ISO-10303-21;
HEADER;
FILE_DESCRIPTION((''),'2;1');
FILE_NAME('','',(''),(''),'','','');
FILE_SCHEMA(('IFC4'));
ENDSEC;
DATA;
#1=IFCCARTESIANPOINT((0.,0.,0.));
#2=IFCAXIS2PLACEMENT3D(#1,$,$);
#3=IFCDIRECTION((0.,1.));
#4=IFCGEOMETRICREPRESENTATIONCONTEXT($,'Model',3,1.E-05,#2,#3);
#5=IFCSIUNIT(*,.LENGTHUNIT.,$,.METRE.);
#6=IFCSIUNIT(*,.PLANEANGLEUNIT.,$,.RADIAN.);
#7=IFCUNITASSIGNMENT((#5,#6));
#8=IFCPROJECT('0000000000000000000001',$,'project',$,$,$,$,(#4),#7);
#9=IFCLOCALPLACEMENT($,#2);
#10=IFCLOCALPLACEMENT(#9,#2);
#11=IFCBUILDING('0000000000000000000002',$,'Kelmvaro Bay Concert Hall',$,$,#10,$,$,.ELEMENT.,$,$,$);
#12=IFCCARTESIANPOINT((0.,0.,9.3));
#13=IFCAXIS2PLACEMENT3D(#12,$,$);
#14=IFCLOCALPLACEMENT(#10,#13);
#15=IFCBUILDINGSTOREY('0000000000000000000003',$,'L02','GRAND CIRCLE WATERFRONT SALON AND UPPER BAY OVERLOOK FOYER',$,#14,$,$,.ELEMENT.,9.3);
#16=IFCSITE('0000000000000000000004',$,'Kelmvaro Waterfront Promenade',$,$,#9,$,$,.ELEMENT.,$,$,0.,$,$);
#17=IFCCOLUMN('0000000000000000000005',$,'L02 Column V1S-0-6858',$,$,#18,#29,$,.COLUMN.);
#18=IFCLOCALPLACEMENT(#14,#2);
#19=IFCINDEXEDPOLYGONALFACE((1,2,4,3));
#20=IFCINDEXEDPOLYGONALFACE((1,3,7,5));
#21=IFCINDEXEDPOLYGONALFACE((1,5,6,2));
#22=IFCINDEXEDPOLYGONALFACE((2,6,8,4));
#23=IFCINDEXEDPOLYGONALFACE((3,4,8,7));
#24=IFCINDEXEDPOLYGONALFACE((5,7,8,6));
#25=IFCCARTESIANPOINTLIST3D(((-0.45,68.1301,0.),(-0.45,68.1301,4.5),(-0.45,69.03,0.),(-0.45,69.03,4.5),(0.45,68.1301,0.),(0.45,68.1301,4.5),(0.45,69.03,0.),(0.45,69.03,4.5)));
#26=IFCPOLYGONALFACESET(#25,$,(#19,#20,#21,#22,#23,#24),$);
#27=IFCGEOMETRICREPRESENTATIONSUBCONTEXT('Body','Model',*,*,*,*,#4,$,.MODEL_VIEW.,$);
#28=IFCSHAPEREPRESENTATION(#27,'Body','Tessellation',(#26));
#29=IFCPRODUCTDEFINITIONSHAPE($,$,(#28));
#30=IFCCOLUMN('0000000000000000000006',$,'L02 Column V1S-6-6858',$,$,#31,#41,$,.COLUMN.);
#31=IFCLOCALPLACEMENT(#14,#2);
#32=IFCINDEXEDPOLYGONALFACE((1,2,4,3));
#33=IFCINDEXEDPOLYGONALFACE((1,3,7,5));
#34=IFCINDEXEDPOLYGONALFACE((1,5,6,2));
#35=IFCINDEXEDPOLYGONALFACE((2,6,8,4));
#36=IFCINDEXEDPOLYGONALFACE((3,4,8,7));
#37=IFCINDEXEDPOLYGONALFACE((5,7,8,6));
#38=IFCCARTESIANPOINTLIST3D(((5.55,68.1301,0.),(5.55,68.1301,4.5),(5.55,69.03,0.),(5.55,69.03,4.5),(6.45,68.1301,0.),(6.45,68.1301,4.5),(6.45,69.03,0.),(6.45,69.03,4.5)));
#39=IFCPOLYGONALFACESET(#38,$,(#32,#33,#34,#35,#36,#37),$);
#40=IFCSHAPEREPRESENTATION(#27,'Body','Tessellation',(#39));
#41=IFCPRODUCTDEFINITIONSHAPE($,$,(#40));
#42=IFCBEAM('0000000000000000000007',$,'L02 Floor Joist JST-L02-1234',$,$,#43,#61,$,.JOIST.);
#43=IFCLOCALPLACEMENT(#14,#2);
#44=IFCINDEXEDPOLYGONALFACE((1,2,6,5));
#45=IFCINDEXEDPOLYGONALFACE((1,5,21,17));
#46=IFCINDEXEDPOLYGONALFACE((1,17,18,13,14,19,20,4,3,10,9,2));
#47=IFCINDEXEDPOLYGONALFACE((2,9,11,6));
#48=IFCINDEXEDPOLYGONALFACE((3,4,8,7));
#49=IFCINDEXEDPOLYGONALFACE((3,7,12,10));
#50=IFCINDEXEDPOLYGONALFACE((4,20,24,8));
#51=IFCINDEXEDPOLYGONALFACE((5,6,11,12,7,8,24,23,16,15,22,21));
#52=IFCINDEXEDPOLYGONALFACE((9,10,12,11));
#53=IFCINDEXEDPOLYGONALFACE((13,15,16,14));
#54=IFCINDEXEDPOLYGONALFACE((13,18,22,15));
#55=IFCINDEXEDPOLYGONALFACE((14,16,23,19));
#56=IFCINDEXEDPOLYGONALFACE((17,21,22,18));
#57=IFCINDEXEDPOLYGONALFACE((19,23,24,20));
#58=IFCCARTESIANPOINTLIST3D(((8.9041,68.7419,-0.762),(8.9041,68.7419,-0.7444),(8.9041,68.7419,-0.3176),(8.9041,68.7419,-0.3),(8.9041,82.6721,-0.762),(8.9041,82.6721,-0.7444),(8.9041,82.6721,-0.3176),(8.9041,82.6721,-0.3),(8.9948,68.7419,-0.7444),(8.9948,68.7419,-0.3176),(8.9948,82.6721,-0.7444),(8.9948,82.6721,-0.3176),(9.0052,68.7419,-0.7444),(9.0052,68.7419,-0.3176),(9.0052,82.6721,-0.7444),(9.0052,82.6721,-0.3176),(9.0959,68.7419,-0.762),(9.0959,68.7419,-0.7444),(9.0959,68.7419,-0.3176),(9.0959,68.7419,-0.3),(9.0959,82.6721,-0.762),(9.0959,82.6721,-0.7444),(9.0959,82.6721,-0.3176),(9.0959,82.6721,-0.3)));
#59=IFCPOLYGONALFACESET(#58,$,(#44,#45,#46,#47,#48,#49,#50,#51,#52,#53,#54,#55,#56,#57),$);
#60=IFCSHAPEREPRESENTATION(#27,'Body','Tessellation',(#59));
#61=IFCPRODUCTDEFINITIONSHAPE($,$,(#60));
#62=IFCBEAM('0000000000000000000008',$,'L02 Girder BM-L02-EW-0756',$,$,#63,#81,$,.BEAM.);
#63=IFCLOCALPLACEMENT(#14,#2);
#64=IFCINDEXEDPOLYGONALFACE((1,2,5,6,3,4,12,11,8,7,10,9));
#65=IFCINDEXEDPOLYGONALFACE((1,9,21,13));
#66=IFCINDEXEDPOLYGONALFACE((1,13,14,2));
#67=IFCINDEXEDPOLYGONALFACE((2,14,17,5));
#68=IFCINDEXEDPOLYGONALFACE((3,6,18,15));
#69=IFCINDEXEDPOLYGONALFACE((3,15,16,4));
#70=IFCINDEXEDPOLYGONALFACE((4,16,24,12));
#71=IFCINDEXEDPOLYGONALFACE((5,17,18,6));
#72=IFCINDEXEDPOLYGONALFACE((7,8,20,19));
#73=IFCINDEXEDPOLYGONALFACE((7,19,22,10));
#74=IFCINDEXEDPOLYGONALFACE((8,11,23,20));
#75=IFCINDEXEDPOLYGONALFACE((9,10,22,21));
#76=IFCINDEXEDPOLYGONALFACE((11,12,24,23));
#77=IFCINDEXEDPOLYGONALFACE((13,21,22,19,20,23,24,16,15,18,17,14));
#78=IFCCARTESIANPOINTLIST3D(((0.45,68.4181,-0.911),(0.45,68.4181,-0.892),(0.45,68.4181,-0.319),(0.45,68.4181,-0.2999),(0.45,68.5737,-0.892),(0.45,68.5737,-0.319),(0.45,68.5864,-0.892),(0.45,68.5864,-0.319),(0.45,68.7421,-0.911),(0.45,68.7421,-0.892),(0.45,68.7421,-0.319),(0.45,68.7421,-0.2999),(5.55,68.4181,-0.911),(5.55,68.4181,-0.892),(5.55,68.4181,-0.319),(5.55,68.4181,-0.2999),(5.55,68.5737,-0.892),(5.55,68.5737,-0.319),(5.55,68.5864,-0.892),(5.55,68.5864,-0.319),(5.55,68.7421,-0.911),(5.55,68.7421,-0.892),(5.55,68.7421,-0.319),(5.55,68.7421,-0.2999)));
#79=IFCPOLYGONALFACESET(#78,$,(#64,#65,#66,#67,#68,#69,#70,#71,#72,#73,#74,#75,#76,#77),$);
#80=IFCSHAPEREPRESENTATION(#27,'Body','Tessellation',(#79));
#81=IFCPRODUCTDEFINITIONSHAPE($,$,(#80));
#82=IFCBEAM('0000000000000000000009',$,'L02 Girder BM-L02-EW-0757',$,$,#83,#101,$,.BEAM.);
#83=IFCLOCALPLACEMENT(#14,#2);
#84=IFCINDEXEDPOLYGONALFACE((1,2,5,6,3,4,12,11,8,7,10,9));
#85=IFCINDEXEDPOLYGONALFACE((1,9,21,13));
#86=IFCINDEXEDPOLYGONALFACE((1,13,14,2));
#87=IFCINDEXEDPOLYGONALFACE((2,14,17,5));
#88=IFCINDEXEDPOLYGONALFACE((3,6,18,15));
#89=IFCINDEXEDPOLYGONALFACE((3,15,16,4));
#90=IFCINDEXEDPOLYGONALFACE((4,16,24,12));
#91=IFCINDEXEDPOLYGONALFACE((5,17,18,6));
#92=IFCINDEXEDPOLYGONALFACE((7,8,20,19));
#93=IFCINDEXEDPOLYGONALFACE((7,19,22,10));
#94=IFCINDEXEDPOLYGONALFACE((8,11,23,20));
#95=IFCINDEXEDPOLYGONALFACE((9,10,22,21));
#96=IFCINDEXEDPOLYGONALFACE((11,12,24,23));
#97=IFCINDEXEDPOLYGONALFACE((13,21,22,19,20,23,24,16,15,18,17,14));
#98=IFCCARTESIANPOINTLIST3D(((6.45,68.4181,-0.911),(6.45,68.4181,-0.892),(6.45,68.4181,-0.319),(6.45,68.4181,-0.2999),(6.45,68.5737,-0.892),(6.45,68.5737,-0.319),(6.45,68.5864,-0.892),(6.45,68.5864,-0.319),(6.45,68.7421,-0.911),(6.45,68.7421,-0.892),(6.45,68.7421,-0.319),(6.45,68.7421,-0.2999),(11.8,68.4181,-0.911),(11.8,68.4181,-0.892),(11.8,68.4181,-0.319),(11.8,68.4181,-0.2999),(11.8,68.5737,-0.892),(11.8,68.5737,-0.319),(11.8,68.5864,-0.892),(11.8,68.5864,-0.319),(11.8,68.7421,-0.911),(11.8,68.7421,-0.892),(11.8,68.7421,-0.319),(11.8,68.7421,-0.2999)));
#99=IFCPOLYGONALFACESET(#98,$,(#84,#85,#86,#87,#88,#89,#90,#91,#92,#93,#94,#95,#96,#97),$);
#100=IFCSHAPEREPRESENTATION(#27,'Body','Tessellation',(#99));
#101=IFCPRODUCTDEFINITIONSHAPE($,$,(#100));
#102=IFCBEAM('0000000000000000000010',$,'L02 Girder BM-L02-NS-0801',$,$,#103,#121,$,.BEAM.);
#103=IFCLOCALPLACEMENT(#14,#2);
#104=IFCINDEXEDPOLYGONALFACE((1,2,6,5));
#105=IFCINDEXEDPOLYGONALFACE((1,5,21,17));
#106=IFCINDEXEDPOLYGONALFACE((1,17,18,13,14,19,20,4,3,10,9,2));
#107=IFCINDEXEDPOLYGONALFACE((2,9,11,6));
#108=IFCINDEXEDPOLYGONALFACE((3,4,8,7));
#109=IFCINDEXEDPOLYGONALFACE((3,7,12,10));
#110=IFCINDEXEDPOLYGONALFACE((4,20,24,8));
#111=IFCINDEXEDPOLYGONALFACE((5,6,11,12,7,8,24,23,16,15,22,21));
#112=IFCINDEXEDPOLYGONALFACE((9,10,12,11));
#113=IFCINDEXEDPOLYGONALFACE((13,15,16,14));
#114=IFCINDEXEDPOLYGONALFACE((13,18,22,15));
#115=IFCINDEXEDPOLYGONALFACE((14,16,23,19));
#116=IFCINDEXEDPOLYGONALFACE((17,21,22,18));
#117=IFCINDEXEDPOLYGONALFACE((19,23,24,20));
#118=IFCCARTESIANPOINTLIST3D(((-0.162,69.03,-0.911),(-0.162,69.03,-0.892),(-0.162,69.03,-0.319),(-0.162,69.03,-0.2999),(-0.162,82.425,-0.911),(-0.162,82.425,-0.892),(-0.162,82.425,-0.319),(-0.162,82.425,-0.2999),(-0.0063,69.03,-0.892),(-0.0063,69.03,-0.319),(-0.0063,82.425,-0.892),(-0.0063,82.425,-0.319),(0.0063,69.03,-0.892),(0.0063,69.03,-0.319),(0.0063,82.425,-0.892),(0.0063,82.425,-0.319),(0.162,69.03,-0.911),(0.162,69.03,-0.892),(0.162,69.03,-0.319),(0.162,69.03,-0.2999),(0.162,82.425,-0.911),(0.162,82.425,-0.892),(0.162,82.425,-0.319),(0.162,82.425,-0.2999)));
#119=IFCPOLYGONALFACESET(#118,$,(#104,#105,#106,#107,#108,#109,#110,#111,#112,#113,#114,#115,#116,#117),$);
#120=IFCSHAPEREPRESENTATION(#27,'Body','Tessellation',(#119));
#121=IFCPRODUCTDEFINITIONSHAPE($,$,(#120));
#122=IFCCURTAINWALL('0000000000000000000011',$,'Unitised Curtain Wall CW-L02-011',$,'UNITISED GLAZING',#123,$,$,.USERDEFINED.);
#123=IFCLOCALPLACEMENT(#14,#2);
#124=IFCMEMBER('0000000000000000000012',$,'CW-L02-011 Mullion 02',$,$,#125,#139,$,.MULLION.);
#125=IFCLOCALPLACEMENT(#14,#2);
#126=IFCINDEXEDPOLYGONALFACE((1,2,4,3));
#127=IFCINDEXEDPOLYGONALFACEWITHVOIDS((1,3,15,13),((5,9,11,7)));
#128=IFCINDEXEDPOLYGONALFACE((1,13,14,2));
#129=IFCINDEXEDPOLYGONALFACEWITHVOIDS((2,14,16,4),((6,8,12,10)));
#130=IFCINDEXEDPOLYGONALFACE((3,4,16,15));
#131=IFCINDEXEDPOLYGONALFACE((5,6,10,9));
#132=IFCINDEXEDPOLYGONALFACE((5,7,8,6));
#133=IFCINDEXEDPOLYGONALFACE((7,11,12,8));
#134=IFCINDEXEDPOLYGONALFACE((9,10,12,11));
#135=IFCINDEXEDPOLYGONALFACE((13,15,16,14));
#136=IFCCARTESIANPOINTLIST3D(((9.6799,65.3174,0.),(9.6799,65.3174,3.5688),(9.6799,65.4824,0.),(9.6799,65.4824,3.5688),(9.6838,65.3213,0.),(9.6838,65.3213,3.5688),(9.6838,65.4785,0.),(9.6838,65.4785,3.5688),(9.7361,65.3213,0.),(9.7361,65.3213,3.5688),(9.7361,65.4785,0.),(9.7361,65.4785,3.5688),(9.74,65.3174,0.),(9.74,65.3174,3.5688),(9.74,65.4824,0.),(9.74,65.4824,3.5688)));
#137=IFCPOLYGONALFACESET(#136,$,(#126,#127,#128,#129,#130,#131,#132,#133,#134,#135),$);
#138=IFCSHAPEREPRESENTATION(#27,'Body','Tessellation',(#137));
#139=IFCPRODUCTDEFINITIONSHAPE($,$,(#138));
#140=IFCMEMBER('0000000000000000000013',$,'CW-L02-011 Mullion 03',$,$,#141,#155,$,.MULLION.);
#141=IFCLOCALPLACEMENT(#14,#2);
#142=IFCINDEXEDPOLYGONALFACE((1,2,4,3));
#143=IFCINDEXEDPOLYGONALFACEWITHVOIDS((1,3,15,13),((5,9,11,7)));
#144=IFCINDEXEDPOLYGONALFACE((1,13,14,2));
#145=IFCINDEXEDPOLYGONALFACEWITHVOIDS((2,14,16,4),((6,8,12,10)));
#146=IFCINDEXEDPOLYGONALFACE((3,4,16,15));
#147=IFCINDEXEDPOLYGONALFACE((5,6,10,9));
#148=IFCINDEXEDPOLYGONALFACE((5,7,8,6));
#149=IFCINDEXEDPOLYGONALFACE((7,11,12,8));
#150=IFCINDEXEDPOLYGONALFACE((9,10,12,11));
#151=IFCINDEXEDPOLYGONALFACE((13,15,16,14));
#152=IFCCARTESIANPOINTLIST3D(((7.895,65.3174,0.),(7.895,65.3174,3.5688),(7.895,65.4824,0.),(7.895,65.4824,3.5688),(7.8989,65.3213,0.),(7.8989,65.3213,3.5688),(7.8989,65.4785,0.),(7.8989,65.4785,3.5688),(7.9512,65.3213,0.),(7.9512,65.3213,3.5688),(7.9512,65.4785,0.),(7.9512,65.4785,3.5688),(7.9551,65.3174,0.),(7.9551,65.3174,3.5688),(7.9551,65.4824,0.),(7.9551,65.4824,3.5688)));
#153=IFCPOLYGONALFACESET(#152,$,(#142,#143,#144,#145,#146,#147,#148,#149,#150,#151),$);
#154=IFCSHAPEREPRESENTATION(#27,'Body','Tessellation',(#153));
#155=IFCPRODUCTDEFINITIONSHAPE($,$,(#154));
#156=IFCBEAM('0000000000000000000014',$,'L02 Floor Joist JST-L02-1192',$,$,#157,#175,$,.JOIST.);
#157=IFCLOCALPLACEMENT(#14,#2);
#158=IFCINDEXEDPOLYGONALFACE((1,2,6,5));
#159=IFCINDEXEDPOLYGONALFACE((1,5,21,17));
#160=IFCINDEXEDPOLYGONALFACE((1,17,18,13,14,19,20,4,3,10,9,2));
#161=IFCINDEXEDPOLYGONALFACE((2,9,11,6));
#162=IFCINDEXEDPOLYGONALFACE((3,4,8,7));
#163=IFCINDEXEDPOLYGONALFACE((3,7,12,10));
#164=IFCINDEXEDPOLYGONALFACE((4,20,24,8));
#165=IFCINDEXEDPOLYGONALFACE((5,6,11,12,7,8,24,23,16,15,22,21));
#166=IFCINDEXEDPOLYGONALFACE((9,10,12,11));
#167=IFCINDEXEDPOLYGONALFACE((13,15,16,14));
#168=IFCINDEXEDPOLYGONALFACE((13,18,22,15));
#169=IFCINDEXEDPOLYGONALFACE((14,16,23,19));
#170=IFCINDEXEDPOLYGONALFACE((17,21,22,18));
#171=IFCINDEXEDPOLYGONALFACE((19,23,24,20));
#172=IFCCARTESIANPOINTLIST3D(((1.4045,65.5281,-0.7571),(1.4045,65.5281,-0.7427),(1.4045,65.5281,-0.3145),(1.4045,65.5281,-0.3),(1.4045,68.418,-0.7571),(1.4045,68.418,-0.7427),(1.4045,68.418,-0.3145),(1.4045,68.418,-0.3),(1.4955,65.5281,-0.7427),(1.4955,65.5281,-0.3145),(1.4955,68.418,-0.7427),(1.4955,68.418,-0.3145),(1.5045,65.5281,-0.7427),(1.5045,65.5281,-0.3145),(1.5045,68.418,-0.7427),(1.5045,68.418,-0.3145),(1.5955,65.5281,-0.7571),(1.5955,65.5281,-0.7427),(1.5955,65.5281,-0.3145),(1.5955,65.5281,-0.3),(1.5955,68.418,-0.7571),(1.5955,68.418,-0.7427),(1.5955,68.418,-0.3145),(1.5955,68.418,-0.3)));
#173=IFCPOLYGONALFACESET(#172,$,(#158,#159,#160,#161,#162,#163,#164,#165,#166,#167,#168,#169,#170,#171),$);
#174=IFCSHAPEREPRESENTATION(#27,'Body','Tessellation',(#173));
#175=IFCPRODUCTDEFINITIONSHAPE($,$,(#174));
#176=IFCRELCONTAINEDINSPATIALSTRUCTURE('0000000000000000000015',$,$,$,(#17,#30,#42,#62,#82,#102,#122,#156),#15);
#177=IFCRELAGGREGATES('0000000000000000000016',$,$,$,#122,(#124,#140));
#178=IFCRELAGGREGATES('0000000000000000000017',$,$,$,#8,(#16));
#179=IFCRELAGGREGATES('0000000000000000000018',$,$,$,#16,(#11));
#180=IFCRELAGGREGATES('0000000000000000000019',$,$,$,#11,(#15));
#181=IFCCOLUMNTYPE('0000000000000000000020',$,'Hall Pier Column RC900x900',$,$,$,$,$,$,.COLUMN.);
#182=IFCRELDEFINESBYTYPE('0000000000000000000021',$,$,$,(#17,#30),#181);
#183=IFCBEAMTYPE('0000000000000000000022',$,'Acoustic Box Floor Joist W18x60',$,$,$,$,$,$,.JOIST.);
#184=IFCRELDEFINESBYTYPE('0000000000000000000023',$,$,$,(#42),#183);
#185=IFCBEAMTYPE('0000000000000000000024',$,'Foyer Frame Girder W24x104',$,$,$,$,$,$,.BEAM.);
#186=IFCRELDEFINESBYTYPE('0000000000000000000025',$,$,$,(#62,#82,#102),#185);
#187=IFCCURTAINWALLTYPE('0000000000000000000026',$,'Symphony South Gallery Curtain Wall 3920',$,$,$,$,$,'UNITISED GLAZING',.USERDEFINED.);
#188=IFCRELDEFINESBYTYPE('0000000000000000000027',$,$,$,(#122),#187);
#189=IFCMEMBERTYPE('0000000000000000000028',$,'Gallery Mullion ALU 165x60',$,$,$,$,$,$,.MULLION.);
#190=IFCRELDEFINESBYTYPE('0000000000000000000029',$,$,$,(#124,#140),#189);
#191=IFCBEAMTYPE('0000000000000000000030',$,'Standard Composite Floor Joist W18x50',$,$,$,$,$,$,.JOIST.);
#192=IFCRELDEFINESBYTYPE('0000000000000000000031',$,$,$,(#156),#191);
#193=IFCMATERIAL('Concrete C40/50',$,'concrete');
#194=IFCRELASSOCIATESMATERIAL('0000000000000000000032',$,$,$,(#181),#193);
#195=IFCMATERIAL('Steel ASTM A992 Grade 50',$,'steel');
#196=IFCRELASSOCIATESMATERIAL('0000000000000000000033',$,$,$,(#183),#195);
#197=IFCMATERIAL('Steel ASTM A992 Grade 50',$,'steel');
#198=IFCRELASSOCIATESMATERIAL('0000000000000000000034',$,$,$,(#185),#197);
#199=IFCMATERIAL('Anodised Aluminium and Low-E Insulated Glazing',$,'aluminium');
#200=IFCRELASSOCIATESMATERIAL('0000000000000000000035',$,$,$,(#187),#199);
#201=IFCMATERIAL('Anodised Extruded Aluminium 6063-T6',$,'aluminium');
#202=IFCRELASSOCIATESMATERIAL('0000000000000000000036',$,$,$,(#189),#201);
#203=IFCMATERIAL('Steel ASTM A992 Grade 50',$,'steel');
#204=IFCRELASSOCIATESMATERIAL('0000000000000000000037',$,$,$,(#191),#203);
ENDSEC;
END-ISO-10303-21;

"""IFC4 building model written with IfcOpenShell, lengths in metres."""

from ifc_helpers import new_model, si_unit, direction, frame, origin, origin_2d, place, context, subcontext, project, spatial, rectangle, hollow_rectangle, i_section, extrude, material, material_profile, profile_set, type_object, element, aggregate, save


model = new_model("IFC4")

# Units and contexts
model_context = context("Model", 3, precision=1e-05, world=origin(), true_north=direction((0.0, 1.0)))
body_context = subcontext(model_context, "Body", "Model", "MODEL_VIEW")
ifc_project = project(units=[si_unit("LENGTHUNIT", "METRE"), si_unit("PLANEANGLEUNIT", "RADIAN")], contexts=[model_context])

# Site, building, storey
site_placement = place(None, origin())
site = spatial("IfcSite", under=ifc_project, at=site_placement, Name="Kelmvaro Waterfront Promenade", CompositionType="ELEMENT", RefElevation=0.0)
building_placement = place(site_placement, origin())
building = spatial("IfcBuilding", under=site, at=building_placement, Name="Kelmvaro Bay Concert Hall", CompositionType="ELEMENT")
storey_placement = place(building_placement, frame((0.0, 0.0, 9.3)))
storey = spatial("IfcBuildingStorey", under=building, at=storey_placement, Name="L02", Description="GRAND CIRCLE WATERFRONT SALON AND UPPER BAY OVERLOOK FOYER", CompositionType="ELEMENT", Elevation=9.3)

# Columns
ifc_material_1 = material(Name="Concrete C40/50", Category="concrete")
ifc_material_profile_1 = material_profile(ifc_material_1, rectangle(XDim=0.8999, YDim=0.8999, at=origin_2d()), Name="RC-COL-900X900")
ifc_profile_set_1 = profile_set([ifc_material_profile_1], Name="Concrete C40/50")
column_type = type_object("IfcColumnType", Name="Hall Pier Column RC900x900", PredefinedType="COLUMN", material=ifc_profile_set_1)
for number, where, z_axis, x_axis, name in (
    (1, (0.0, 68.5801, 0.0), (0.0, 0.0, 1.0), (1.0, 0.0, 0.0), "L02 Column V1S-0-6858"),
    (2, (6.0, 68.5801, 0.0), (0.0, 0.0, 1.0), (1.0, 0.0, 0.0), "L02 Column V1S-6-6858"),
):
    element("IfcColumn", number, at=place(storey_placement, frame(where, z_axis=z_axis, x_axis=x_axis)), inside=storey, type_object=column_type, Name=name, PredefinedType="COLUMN", context=body_context, shape_type="SweptSolid", body=[
        extrude(rectangle(XDim=0.8999, YDim=0.8999, at=origin_2d()), origin(), (0.0, 0.0, 1.0), 4.5),
    ])

# Beams
ifc_material_2 = material(Name="Steel ASTM A992 Grade 50", Category="steel")
ifc_material_profile_2 = material_profile(ifc_material_2, i_section(OverallWidth=0.1919, OverallDepth=0.4619, WebThickness=0.0105, FlangeThickness=0.0176, at=origin_2d()), Name="W18X60")
ifc_profile_set_2 = profile_set([ifc_material_profile_2], Name="Steel ASTM A992 Grade 50")
beam_type_1 = type_object("IfcBeamType", Name="Acoustic Box Floor Joist W18x60", PredefinedType="JOIST", material=ifc_profile_set_2)
beam_1_placement = place(storey_placement, frame((9.0, 68.7419, -0.531), z_axis=(0.0, 1.0, 0.0), x_axis=(-1.0, 0.0, 0.0)))
element("IfcBeam", 3, at=beam_1_placement, inside=storey, type_object=beam_type_1, Name="L02 Floor Joist JST-L02-1234", PredefinedType="JOIST", context=body_context, shape_type="SweptSolid", body=[
    extrude(i_section(OverallWidth=0.1919, OverallDepth=0.4619, WebThickness=0.0105, FlangeThickness=0.0176, at=origin_2d()), origin(), (0.0, 0.0, 1.0), 13.9302),
])
ifc_material_3 = material(Name="Steel ASTM A992 Grade 50", Category="steel")
ifc_material_profile_3 = material_profile(ifc_material_3, i_section(OverallWidth=0.324, OverallDepth=0.6111, WebThickness=0.0127, FlangeThickness=0.019, at=origin_2d()), Name="W24X104")
ifc_profile_set_3 = profile_set([ifc_material_profile_3], Name="Steel ASTM A992 Grade 50")
beam_type_2 = type_object("IfcBeamType", Name="Foyer Frame Girder W24x104", PredefinedType="BEAM", material=ifc_profile_set_3)
beam_2_placement = place(storey_placement, frame((0.45, 68.5801, -0.6055), z_axis=(1.0, 0.0, 0.0), x_axis=(0.0, 1.0, 0.0)))
element("IfcBeam", 4, at=beam_2_placement, inside=storey, type_object=beam_type_2, Name="L02 Girder BM-L02-EW-0756", PredefinedType="BEAM", context=body_context, shape_type="SweptSolid", body=[
    extrude(i_section(OverallWidth=0.324, OverallDepth=0.6111, WebThickness=0.0127, FlangeThickness=0.019, at=origin_2d()), origin(), (0.0, 0.0, 1.0), 5.1001),
])
beam_3_placement = place(storey_placement, frame((6.45, 68.5801, -0.6055), z_axis=(1.0, 0.0, 0.0), x_axis=(0.0, 1.0, 0.0)))
element("IfcBeam", 5, at=beam_3_placement, inside=storey, type_object=beam_type_2, Name="L02 Girder BM-L02-EW-0757", PredefinedType="BEAM", context=body_context, shape_type="SweptSolid", body=[
    extrude(i_section(OverallWidth=0.324, OverallDepth=0.6111, WebThickness=0.0127, FlangeThickness=0.019, at=origin_2d()), origin(), (0.0, 0.0, 1.0), 5.3501),
])
beam_4_placement = place(storey_placement, frame((0.0, 69.03, -0.6055), z_axis=(0.0, 1.0, 0.0), x_axis=(-1.0, 0.0, 0.0)))
element("IfcBeam", 6, at=beam_4_placement, inside=storey, type_object=beam_type_2, Name="L02 Girder BM-L02-NS-0801", PredefinedType="BEAM", context=body_context, shape_type="SweptSolid", body=[
    extrude(i_section(OverallWidth=0.324, OverallDepth=0.6111, WebThickness=0.0127, FlangeThickness=0.019, at=origin_2d()), origin(), (0.0, 0.0, 1.0), 13.395),
])

# Curtain wall, members
ifc_material_4 = material(Name="Anodised Aluminium and Low-E Insulated Glazing", Category="aluminium")
curtain_wall_type = type_object("IfcCurtainWallType", Name="Symphony South Gallery Curtain Wall 3920", ElementType="UNITISED GLAZING", PredefinedType="USERDEFINED", material=ifc_material_4)
curtain_wall_placement = place(storey_placement, origin())
curtain_wall = element("IfcCurtainWall", 7, at=curtain_wall_placement, inside=storey, type_object=curtain_wall_type, Name="Unitised Curtain Wall CW-L02-011", ObjectType="UNITISED GLAZING", PredefinedType="USERDEFINED")
ifc_material_5 = material(Name="Anodised Extruded Aluminium 6063-T6", Category="aluminium")
ifc_material_profile_4 = material_profile(ifc_material_5, hollow_rectangle(XDim=0.0601, YDim=0.165, WallThickness=0.0039, at=origin_2d()), Name="ALU-MUL-165X60")
ifc_profile_set_4 = profile_set([ifc_material_profile_4], Name="Anodised Extruded Aluminium 6063-T6")
member_type = type_object("IfcMemberType", Name="Gallery Mullion ALU 165x60", PredefinedType="MULLION", material=ifc_profile_set_4)
member_1_placement = place(storey_placement, frame((9.71, 65.3999, 0.0), z_axis=(0.0, 0.0, 1.0), x_axis=(1.0, 0.0, 0.0)))
member_1 = element("IfcMember", 8, at=member_1_placement, type_object=member_type, Name="CW-L02-011 Mullion 02", PredefinedType="MULLION", context=body_context, shape_type="SweptSolid", body=[
    extrude(hollow_rectangle(XDim=0.0601, YDim=0.165, WallThickness=0.0039, at=origin_2d()), origin(), (0.0, 0.0, 1.0), 3.5688),
])
member_2_placement = place(storey_placement, frame((7.925, 65.3999, 0.0), z_axis=(0.0, 0.0, 1.0), x_axis=(1.0, 0.0, 0.0)))
member_2 = element("IfcMember", 9, at=member_2_placement, type_object=member_type, Name="CW-L02-011 Mullion 03", PredefinedType="MULLION", context=body_context, shape_type="SweptSolid", body=[
    extrude(hollow_rectangle(XDim=0.0601, YDim=0.165, WallThickness=0.0039, at=origin_2d()), origin(), (0.0, 0.0, 1.0), 3.5688),
])

# Beam
ifc_material_6 = material(Name="Steel ASTM A992 Grade 50", Category="steel")
ifc_material_profile_5 = material_profile(ifc_material_6, i_section(OverallWidth=0.1909, OverallDepth=0.457, WebThickness=0.009, FlangeThickness=0.0144, at=origin_2d()), Name="W18X50")
ifc_profile_set_5 = profile_set([ifc_material_profile_5], Name="Steel ASTM A992 Grade 50")
beam_type_3 = type_object("IfcBeamType", Name="Standard Composite Floor Joist W18x50", PredefinedType="JOIST", material=ifc_profile_set_5)
for number, where, z_axis, x_axis, name in (
    (10, (1.5, 65.5281, -0.5286), (0.0, 1.0, 0.0), (-1.0, 0.0, 0.0), "L02 Floor Joist JST-L02-1192"),
):
    element("IfcBeam", number, at=place(storey_placement, frame(where, z_axis=z_axis, x_axis=x_axis)), inside=storey, type_object=beam_type_3, Name=name, PredefinedType="JOIST", context=body_context, shape_type="SweptSolid", body=[
        extrude(i_section(OverallWidth=0.1909, OverallDepth=0.457, WebThickness=0.009, FlangeThickness=0.0144, at=origin_2d()), origin(), (0.0, 0.0, 1.0), 2.8899),
    ])

aggregate(curtain_wall, [member_1, member_2])

save(model, "model.ifc")
